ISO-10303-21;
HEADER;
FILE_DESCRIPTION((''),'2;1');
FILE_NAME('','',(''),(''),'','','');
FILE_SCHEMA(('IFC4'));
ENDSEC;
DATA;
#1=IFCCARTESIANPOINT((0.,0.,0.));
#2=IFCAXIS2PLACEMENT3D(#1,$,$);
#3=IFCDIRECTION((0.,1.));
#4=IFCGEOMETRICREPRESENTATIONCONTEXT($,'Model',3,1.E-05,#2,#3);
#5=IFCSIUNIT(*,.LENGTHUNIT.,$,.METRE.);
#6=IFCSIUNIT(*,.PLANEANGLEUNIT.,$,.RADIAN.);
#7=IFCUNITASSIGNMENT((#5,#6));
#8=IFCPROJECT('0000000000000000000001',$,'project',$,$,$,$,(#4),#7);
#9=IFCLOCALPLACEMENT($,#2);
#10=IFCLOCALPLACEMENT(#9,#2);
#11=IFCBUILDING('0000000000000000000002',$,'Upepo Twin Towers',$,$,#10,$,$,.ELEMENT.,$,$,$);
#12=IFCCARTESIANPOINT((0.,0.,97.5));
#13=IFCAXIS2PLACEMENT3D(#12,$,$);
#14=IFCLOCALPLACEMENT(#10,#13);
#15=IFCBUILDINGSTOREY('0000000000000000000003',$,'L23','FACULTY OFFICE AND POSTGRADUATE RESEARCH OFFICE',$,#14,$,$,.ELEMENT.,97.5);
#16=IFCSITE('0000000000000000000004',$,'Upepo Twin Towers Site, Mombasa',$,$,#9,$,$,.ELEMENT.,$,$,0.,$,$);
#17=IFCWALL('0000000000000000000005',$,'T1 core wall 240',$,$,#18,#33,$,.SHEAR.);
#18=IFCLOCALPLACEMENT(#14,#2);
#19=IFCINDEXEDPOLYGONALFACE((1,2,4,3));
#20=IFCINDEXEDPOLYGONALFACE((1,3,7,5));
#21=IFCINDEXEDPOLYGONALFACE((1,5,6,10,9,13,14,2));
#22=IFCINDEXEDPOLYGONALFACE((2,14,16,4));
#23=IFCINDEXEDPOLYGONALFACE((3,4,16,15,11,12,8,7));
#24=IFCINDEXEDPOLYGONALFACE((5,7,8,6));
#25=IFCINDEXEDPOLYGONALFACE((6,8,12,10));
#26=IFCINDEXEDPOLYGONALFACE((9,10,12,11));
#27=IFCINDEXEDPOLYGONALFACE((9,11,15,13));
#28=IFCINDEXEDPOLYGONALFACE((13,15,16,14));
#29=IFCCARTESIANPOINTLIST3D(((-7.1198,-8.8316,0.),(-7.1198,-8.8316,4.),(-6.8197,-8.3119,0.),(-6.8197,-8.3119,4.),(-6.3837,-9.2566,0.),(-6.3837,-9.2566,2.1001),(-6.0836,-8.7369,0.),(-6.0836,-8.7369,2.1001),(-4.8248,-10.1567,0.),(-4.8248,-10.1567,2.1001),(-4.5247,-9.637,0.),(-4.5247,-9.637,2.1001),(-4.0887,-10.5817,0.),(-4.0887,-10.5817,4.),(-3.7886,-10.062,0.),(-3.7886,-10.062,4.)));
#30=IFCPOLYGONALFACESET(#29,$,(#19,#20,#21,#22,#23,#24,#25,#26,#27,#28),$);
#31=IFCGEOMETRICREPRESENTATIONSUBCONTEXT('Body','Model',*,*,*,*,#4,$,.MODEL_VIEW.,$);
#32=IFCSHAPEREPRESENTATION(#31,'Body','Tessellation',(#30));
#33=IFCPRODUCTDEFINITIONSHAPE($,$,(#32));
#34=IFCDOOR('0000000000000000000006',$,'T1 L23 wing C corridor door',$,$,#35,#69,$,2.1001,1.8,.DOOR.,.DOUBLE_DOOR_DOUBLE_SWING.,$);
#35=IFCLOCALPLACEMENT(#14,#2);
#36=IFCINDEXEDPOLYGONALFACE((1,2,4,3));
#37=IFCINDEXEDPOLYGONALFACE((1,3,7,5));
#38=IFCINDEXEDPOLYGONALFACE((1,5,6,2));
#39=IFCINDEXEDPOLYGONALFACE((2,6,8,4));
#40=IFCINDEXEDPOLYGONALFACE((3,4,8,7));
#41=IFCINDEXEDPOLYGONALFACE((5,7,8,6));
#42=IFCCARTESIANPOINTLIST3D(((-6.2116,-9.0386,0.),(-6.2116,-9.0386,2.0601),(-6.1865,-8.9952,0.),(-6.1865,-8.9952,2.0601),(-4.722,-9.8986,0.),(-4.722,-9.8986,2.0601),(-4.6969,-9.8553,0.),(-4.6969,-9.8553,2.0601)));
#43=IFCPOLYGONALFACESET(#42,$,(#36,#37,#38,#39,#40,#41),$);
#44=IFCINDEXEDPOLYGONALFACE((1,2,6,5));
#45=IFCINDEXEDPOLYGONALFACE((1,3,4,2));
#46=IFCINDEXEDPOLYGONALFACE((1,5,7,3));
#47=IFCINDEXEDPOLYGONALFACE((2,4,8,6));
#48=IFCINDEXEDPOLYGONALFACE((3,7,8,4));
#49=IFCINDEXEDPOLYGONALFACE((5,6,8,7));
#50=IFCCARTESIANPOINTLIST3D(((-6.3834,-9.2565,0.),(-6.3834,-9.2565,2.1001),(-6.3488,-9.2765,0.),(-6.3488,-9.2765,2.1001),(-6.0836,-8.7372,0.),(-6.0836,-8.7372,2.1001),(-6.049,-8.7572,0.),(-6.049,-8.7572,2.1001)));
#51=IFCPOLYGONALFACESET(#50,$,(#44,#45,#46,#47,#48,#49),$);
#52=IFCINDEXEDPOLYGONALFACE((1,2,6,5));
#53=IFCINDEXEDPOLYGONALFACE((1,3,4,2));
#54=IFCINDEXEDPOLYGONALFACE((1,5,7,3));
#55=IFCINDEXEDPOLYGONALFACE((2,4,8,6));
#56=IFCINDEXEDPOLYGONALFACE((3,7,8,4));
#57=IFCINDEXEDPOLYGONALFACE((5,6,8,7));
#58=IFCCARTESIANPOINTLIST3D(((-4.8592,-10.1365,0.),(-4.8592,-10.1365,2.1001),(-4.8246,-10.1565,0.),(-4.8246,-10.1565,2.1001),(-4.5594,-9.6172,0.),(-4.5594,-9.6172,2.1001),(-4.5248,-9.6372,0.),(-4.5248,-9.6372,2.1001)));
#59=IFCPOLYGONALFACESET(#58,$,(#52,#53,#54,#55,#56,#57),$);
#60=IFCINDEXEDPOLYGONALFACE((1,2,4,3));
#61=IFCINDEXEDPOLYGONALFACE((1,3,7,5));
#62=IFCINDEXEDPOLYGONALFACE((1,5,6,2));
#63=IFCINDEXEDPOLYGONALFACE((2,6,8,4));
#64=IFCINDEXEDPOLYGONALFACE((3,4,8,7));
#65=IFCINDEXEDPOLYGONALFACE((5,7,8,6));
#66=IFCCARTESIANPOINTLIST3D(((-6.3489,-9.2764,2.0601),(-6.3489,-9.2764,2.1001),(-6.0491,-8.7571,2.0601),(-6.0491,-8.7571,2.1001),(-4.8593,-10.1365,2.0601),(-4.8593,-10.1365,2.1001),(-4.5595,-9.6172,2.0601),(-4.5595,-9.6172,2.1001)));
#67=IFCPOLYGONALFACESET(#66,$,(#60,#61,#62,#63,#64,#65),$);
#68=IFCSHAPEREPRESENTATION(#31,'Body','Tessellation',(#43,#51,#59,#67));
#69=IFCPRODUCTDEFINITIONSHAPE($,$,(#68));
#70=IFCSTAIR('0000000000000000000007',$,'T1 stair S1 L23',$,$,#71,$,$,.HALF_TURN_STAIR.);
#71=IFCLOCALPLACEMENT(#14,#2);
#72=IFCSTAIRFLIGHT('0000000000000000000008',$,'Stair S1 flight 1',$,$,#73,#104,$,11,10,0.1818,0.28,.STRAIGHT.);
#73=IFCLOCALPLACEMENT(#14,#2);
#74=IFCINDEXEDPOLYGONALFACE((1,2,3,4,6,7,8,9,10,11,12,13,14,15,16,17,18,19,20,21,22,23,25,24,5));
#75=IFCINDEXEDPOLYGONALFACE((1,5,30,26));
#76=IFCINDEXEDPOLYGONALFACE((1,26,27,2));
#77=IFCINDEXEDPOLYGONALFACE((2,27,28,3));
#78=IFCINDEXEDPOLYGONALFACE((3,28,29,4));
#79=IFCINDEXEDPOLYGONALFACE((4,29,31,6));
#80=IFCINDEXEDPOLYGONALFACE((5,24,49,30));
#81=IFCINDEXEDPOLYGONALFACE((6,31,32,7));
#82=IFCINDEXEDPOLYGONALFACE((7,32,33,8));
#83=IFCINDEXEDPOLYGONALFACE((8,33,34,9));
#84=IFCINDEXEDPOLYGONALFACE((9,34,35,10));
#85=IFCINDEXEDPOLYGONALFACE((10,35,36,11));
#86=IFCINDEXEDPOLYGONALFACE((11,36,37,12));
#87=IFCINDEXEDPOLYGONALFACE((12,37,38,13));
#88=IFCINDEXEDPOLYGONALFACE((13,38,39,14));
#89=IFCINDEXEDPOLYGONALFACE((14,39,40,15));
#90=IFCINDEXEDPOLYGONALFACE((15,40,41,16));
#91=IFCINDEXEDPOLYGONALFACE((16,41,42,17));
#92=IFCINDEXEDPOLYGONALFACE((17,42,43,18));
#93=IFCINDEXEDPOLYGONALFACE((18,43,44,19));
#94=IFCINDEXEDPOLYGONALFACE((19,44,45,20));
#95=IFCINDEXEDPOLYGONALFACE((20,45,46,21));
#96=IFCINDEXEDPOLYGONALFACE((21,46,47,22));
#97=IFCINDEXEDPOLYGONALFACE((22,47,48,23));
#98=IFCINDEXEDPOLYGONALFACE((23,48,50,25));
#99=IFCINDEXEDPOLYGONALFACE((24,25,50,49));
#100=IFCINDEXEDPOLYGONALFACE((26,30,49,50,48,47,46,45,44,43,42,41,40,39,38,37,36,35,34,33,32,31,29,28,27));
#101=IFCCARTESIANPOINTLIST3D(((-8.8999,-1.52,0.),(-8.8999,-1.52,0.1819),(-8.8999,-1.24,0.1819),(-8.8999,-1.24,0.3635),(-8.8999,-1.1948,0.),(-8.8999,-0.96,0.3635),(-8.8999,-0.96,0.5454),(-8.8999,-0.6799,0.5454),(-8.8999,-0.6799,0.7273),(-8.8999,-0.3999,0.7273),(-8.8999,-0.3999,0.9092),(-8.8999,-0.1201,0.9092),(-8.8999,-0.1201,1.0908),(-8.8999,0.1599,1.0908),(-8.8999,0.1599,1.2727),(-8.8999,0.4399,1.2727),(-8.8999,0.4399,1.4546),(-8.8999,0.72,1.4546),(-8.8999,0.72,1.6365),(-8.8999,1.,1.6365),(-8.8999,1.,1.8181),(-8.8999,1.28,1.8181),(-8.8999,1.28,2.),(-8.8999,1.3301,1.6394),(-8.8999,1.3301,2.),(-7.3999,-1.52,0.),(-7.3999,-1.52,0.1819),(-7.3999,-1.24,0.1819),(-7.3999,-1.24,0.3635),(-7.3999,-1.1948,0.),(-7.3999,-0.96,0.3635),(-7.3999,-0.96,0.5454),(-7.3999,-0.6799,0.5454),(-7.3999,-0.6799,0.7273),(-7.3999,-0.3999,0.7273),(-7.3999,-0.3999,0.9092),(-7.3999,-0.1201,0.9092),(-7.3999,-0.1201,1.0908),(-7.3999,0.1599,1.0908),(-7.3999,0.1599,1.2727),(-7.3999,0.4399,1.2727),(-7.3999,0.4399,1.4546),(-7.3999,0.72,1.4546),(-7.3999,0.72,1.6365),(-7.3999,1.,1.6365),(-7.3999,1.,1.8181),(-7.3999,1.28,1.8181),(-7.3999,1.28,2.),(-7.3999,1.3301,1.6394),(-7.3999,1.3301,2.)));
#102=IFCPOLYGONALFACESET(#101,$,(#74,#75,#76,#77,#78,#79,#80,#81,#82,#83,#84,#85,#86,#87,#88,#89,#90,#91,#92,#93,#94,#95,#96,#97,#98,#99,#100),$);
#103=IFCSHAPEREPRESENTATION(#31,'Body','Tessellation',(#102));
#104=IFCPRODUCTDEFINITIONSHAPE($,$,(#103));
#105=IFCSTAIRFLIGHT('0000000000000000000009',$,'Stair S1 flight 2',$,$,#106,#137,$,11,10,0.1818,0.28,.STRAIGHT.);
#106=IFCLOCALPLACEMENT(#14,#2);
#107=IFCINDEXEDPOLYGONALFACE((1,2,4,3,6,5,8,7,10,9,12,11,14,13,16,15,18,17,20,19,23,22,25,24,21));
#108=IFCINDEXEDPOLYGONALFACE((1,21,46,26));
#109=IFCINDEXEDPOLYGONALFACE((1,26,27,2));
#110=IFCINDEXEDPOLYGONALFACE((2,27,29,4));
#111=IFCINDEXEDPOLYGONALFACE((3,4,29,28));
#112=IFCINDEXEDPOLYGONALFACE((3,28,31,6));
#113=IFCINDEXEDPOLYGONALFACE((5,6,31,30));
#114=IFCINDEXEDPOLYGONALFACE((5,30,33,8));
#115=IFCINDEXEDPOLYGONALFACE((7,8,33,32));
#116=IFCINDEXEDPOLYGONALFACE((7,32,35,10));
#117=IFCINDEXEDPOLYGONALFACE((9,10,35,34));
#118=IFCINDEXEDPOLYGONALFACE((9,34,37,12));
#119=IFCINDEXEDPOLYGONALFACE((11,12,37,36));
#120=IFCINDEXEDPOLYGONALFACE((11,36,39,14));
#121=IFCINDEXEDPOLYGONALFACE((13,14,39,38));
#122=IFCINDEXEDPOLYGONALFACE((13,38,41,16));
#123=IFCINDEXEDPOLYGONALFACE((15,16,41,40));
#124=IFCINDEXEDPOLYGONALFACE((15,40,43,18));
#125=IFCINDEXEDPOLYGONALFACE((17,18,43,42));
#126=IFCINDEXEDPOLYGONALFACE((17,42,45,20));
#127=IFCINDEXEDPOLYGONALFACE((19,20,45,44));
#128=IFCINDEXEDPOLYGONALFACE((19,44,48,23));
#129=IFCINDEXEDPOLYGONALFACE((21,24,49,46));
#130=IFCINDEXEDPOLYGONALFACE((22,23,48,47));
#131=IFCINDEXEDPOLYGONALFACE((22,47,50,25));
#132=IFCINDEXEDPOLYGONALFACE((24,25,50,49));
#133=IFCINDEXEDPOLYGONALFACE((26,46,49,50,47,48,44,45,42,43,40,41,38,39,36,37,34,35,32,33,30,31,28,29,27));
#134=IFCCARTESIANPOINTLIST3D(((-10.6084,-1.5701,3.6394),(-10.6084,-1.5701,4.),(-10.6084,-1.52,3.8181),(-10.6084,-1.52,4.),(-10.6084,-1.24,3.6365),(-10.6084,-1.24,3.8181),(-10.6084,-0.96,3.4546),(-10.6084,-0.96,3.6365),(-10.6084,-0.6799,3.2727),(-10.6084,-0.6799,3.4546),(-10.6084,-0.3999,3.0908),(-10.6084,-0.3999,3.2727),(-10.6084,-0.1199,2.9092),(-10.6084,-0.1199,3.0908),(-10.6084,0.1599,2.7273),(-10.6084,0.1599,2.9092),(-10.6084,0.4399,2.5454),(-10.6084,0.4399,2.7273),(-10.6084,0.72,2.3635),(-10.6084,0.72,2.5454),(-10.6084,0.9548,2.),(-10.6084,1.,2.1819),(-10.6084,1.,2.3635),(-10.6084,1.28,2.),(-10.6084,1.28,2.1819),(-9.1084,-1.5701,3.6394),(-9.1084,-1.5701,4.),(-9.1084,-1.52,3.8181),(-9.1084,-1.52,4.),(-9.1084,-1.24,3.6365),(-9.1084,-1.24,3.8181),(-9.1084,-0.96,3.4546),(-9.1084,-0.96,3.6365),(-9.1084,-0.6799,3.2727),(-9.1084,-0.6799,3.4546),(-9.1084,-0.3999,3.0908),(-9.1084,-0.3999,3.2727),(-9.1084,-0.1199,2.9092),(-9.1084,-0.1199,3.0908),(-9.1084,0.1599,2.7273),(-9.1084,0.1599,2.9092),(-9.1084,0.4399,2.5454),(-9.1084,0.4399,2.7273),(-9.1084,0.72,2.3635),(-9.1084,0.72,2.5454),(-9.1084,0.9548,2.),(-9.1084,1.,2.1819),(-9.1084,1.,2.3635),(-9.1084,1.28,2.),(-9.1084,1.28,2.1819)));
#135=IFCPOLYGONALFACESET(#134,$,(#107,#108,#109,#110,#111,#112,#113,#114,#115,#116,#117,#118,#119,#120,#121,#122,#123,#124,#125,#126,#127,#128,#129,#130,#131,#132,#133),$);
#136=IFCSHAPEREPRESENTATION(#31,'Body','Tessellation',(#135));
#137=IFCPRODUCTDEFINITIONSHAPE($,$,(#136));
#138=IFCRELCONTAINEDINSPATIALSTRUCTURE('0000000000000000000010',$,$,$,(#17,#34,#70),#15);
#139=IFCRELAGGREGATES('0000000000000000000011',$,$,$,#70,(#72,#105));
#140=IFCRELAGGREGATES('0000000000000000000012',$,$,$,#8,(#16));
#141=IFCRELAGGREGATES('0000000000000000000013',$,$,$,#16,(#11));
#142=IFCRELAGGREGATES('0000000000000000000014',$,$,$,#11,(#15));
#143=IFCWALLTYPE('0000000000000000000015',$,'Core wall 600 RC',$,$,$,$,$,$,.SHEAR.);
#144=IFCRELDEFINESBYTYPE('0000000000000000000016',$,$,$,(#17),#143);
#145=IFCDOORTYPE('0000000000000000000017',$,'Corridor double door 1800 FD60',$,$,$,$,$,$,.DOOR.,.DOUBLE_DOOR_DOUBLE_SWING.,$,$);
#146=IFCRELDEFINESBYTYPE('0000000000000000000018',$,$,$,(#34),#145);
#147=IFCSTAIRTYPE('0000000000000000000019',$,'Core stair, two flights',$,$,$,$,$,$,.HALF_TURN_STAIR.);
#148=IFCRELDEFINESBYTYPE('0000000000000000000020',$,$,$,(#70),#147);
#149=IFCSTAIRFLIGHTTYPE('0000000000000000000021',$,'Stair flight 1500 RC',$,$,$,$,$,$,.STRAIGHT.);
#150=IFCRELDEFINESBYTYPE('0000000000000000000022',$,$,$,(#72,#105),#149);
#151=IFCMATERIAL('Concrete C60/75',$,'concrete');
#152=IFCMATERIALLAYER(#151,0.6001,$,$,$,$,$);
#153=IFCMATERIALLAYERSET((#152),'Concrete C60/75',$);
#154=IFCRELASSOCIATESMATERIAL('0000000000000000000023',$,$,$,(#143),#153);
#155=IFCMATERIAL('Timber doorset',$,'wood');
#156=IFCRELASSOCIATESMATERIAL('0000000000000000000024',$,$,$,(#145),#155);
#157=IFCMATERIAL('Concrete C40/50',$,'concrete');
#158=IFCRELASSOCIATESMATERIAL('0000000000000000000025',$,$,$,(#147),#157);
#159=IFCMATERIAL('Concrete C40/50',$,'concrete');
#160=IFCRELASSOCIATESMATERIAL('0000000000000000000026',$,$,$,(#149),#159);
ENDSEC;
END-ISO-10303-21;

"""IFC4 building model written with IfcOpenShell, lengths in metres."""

from ifc_helpers import new_model, si_unit, direction, frame, frame_2d, origin, place, context, subcontext, project, spatial, polyline, rectangle, outline, extrude, material, layer, layer_set, type_object, element, fill, aggregate, save


model = new_model("IFC4")

# Units and contexts
model_context = context("Model", 3, precision=1e-05, world=origin(), true_north=direction((0.0, 1.0)))
body_context = subcontext(model_context, "Body", "Model", "MODEL_VIEW")
ifc_project = project(units=[si_unit("LENGTHUNIT", "METRE"), si_unit("PLANEANGLEUNIT", "RADIAN")], contexts=[model_context])

# Site, building, storey
site_placement = place(None, origin())
site = spatial("IfcSite", under=ifc_project, at=site_placement, Name="Upepo Twin Towers Site, Mombasa", CompositionType="ELEMENT", RefElevation=0.0)
building_placement = place(site_placement, origin())
building = spatial("IfcBuilding", under=site, at=building_placement, Name="Upepo Twin Towers", CompositionType="ELEMENT")
storey_placement = place(building_placement, frame((0.0, 0.0, 97.5)))
storey = spatial("IfcBuildingStorey", under=building, at=storey_placement, Name="L23", Description="FACULTY OFFICE AND POSTGRADUATE RESEARCH OFFICE", CompositionType="ELEMENT", Elevation=97.5)

# Shared definitions
ifc_material_1 = material(Name="Concrete C60/75", Category="concrete")
ifc_layer_1 = layer(ifc_material_1, 0.6001)
ifc_layer_set_1 = layer_set([ifc_layer_1], Name="Concrete C60/75")
wall_type_1 = type_object("IfcWallType", Name="Core wall 600 RC", PredefinedType="SHEAR", material=ifc_layer_set_1)

# Wall, opening, door
wall_1_placement = place(storey_placement, frame((-6.9697, -8.5718, 0.0), z_axis=(0.0, 0.0, 1.0), x_axis=(0.866019, -0.50001, 0.0)))
wall_1 = element("IfcWall", 1, at=wall_1_placement, inside=storey, type_object=wall_type_1, Name="T1 core wall 240", PredefinedType="SHEAR", context=body_context, shape_type="SweptSolid", body=[
    extrude(rectangle(XDim=3.5, YDim=0.6001, at=frame_2d((1.75, 0.0))), origin(), (0.0, 0.0, 1.0), 4.0),
])
opening_1_placement = place(wall_1_placement, frame((0.8501, 0.0, 0.0)))
opening_1 = element("IfcOpeningElement", 2, at=opening_1_placement, cuts=wall_1, PredefinedType="OPENING", context=body_context, shape_type="SweptSolid", body=[
    extrude(rectangle(XDim=1.8, YDim=2.1001, at=frame_2d((0.8999, 1.05))), frame((0.0, 0.3101, 0.0), z_axis=(0.0, -1.0, 0.0), x_axis=(1.0, 0.0, 0.0)), (0.0, 0.0, 1.0), 0.6201),
])
ifc_material_2 = material(Name="Timber doorset", Category="wood")
door_type_1 = type_object("IfcDoorType", Name="Corridor double door 1800 FD60", OperationType="DOUBLE_DOOR_DOUBLE_SWING", PredefinedType="DOOR", material=ifc_material_2)
door_1_placement = place(opening_1_placement, origin())
door_1 = element("IfcDoor", 3, at=door_1_placement, inside=storey, type_object=door_type_1, Name="T1 L23 wing C corridor door", OperationType="DOUBLE_DOOR_DOUBLE_SWING", OverallHeight=2.1001, OverallWidth=1.8, PredefinedType="DOOR", context=body_context, shape_type="SweptSolid", body=[
    extrude(rectangle(XDim=1.72, YDim=2.0601, at=frame_2d((0.8999, 1.03))), frame((0.0, 0.0249, 0.0), z_axis=(0.0, -1.0, 0.0), x_axis=(1.0, 0.0, 0.0)), (0.0, 0.0, 1.0), 0.05),
    extrude(rectangle(XDim=0.04, YDim=2.1001, at=frame_2d((0.02, 1.05))), frame((0.0, 0.2998, 0.0), z_axis=(0.0, -1.0, 0.0), x_axis=(1.0, 0.0, 0.0)), (0.0, 0.0, 1.0), 0.5996),
    extrude(rectangle(XDim=0.04, YDim=2.1001, at=frame_2d((1.78, 1.05))), frame((0.0, 0.2998, 0.0), z_axis=(0.0, -1.0, 0.0), x_axis=(1.0, 0.0, 0.0)), (0.0, 0.0, 1.0), 0.5996),
    extrude(rectangle(XDim=1.72, YDim=0.04, at=frame_2d((0.8999, 2.0801))), frame((0.0, 0.2998, 0.0), z_axis=(0.0, -1.0, 0.0), x_axis=(1.0, 0.0, 0.0)), (0.0, 0.0, 1.0), 0.5996),
])
fill(opening_1, door_1)

# Stair, stair flights
ifc_material_3 = material(Name="Concrete C40/50", Category="concrete")
stair_type = type_object("IfcStairType", Name="Core stair, two flights", PredefinedType="HALF_TURN_STAIR", material=ifc_material_3)
stair_placement = place(storey_placement, origin())
stair = element("IfcStair", 4, at=stair_placement, inside=storey, type_object=stair_type, Name="T1 stair S1 L23", PredefinedType="HALF_TURN_STAIR")
ifc_material_4 = material(Name="Concrete C40/50", Category="concrete")
stair_flight_type = type_object("IfcStairFlightType", Name="Stair flight 1500 RC", PredefinedType="STRAIGHT", material=ifc_material_4)
stair_flight_1_placement = place(storey_placement, frame((-8.1499, -1.52, 0.0), z_axis=(0.0, 0.0, 1.0), x_axis=(0.0, 1.0, 0.0)))
stair_flight_1 = element("IfcStairFlight", 5, at=stair_flight_1_placement, type_object=stair_flight_type, Name="Stair S1 flight 1", NumberOfRisers=11, NumberOfTreads=10, PredefinedType="STRAIGHT", RiserHeight=0.1818, TreadLength=0.28, context=body_context, shape_type="SweptSolid", body=[
    extrude(outline(polyline([(0.0, 0.0), (0.0, 0.1819), (0.28, 0.1819), (0.28, 0.3635), (0.5601, 0.3635), (0.5601, 0.5454), (0.8401, 0.5454), (0.8401, 0.7273), (1.1201, 0.7273), (1.1201, 0.9092), (1.3999, 0.9092), (1.3999, 1.0908), (1.6799, 1.0908), (1.6799, 1.2727), (1.96, 1.2727), (1.96, 1.4546), (2.24, 1.4546), (2.24, 1.6365), (2.52, 1.6365), (2.52, 1.8181), (2.8, 1.8181), (2.8, 2.0), (2.8501, 2.0), (2.8501, 1.6394), (0.3252, 0.0), (0.0, 0.0)])), frame((0.0, 0.75, 0.0), z_axis=(0.0, -1.0, 0.0), x_axis=(1.0, 0.0, 0.0)), (0.0, 0.0, 1.0), 1.5),
])
stair_flight_2_placement = place(storey_placement, frame((-9.8584, 1.28, 2.0), z_axis=(0.0, 0.0, 1.0), x_axis=(0.0, -1.0, 0.0)))
stair_flight_2 = element("IfcStairFlight", 6, at=stair_flight_2_placement, type_object=stair_flight_type, Name="Stair S1 flight 2", NumberOfRisers=11, NumberOfTreads=10, PredefinedType="STRAIGHT", RiserHeight=0.1818, TreadLength=0.28, context=body_context, shape_type="SweptSolid", body=[
    extrude(outline(polyline([(0.0, 0.0), (0.0, 0.1819), (0.28, 0.1819), (0.28, 0.3635), (0.5601, 0.3635), (0.5601, 0.5454), (0.8401, 0.5454), (0.8401, 0.7273), (1.1201, 0.7273), (1.1201, 0.9092), (1.3999, 0.9092), (1.3999, 1.0908), (1.6799, 1.0908), (1.6799, 1.2727), (1.96, 1.2727), (1.96, 1.4546), (2.24, 1.4546), (2.24, 1.6365), (2.52, 1.6365), (2.52, 1.8181), (2.8, 1.8181), (2.8, 2.0), (2.8501, 2.0), (2.8501, 1.6394), (0.3252, 0.0), (0.0, 0.0)])), frame((0.0, 0.75, 0.0), z_axis=(0.0, -1.0, 0.0), x_axis=(1.0, 0.0, 0.0)), (0.0, 0.0, 1.0), 1.5),
])
aggregate(stair, [stair_flight_1, stair_flight_2])

save(model, "model.ifc")
